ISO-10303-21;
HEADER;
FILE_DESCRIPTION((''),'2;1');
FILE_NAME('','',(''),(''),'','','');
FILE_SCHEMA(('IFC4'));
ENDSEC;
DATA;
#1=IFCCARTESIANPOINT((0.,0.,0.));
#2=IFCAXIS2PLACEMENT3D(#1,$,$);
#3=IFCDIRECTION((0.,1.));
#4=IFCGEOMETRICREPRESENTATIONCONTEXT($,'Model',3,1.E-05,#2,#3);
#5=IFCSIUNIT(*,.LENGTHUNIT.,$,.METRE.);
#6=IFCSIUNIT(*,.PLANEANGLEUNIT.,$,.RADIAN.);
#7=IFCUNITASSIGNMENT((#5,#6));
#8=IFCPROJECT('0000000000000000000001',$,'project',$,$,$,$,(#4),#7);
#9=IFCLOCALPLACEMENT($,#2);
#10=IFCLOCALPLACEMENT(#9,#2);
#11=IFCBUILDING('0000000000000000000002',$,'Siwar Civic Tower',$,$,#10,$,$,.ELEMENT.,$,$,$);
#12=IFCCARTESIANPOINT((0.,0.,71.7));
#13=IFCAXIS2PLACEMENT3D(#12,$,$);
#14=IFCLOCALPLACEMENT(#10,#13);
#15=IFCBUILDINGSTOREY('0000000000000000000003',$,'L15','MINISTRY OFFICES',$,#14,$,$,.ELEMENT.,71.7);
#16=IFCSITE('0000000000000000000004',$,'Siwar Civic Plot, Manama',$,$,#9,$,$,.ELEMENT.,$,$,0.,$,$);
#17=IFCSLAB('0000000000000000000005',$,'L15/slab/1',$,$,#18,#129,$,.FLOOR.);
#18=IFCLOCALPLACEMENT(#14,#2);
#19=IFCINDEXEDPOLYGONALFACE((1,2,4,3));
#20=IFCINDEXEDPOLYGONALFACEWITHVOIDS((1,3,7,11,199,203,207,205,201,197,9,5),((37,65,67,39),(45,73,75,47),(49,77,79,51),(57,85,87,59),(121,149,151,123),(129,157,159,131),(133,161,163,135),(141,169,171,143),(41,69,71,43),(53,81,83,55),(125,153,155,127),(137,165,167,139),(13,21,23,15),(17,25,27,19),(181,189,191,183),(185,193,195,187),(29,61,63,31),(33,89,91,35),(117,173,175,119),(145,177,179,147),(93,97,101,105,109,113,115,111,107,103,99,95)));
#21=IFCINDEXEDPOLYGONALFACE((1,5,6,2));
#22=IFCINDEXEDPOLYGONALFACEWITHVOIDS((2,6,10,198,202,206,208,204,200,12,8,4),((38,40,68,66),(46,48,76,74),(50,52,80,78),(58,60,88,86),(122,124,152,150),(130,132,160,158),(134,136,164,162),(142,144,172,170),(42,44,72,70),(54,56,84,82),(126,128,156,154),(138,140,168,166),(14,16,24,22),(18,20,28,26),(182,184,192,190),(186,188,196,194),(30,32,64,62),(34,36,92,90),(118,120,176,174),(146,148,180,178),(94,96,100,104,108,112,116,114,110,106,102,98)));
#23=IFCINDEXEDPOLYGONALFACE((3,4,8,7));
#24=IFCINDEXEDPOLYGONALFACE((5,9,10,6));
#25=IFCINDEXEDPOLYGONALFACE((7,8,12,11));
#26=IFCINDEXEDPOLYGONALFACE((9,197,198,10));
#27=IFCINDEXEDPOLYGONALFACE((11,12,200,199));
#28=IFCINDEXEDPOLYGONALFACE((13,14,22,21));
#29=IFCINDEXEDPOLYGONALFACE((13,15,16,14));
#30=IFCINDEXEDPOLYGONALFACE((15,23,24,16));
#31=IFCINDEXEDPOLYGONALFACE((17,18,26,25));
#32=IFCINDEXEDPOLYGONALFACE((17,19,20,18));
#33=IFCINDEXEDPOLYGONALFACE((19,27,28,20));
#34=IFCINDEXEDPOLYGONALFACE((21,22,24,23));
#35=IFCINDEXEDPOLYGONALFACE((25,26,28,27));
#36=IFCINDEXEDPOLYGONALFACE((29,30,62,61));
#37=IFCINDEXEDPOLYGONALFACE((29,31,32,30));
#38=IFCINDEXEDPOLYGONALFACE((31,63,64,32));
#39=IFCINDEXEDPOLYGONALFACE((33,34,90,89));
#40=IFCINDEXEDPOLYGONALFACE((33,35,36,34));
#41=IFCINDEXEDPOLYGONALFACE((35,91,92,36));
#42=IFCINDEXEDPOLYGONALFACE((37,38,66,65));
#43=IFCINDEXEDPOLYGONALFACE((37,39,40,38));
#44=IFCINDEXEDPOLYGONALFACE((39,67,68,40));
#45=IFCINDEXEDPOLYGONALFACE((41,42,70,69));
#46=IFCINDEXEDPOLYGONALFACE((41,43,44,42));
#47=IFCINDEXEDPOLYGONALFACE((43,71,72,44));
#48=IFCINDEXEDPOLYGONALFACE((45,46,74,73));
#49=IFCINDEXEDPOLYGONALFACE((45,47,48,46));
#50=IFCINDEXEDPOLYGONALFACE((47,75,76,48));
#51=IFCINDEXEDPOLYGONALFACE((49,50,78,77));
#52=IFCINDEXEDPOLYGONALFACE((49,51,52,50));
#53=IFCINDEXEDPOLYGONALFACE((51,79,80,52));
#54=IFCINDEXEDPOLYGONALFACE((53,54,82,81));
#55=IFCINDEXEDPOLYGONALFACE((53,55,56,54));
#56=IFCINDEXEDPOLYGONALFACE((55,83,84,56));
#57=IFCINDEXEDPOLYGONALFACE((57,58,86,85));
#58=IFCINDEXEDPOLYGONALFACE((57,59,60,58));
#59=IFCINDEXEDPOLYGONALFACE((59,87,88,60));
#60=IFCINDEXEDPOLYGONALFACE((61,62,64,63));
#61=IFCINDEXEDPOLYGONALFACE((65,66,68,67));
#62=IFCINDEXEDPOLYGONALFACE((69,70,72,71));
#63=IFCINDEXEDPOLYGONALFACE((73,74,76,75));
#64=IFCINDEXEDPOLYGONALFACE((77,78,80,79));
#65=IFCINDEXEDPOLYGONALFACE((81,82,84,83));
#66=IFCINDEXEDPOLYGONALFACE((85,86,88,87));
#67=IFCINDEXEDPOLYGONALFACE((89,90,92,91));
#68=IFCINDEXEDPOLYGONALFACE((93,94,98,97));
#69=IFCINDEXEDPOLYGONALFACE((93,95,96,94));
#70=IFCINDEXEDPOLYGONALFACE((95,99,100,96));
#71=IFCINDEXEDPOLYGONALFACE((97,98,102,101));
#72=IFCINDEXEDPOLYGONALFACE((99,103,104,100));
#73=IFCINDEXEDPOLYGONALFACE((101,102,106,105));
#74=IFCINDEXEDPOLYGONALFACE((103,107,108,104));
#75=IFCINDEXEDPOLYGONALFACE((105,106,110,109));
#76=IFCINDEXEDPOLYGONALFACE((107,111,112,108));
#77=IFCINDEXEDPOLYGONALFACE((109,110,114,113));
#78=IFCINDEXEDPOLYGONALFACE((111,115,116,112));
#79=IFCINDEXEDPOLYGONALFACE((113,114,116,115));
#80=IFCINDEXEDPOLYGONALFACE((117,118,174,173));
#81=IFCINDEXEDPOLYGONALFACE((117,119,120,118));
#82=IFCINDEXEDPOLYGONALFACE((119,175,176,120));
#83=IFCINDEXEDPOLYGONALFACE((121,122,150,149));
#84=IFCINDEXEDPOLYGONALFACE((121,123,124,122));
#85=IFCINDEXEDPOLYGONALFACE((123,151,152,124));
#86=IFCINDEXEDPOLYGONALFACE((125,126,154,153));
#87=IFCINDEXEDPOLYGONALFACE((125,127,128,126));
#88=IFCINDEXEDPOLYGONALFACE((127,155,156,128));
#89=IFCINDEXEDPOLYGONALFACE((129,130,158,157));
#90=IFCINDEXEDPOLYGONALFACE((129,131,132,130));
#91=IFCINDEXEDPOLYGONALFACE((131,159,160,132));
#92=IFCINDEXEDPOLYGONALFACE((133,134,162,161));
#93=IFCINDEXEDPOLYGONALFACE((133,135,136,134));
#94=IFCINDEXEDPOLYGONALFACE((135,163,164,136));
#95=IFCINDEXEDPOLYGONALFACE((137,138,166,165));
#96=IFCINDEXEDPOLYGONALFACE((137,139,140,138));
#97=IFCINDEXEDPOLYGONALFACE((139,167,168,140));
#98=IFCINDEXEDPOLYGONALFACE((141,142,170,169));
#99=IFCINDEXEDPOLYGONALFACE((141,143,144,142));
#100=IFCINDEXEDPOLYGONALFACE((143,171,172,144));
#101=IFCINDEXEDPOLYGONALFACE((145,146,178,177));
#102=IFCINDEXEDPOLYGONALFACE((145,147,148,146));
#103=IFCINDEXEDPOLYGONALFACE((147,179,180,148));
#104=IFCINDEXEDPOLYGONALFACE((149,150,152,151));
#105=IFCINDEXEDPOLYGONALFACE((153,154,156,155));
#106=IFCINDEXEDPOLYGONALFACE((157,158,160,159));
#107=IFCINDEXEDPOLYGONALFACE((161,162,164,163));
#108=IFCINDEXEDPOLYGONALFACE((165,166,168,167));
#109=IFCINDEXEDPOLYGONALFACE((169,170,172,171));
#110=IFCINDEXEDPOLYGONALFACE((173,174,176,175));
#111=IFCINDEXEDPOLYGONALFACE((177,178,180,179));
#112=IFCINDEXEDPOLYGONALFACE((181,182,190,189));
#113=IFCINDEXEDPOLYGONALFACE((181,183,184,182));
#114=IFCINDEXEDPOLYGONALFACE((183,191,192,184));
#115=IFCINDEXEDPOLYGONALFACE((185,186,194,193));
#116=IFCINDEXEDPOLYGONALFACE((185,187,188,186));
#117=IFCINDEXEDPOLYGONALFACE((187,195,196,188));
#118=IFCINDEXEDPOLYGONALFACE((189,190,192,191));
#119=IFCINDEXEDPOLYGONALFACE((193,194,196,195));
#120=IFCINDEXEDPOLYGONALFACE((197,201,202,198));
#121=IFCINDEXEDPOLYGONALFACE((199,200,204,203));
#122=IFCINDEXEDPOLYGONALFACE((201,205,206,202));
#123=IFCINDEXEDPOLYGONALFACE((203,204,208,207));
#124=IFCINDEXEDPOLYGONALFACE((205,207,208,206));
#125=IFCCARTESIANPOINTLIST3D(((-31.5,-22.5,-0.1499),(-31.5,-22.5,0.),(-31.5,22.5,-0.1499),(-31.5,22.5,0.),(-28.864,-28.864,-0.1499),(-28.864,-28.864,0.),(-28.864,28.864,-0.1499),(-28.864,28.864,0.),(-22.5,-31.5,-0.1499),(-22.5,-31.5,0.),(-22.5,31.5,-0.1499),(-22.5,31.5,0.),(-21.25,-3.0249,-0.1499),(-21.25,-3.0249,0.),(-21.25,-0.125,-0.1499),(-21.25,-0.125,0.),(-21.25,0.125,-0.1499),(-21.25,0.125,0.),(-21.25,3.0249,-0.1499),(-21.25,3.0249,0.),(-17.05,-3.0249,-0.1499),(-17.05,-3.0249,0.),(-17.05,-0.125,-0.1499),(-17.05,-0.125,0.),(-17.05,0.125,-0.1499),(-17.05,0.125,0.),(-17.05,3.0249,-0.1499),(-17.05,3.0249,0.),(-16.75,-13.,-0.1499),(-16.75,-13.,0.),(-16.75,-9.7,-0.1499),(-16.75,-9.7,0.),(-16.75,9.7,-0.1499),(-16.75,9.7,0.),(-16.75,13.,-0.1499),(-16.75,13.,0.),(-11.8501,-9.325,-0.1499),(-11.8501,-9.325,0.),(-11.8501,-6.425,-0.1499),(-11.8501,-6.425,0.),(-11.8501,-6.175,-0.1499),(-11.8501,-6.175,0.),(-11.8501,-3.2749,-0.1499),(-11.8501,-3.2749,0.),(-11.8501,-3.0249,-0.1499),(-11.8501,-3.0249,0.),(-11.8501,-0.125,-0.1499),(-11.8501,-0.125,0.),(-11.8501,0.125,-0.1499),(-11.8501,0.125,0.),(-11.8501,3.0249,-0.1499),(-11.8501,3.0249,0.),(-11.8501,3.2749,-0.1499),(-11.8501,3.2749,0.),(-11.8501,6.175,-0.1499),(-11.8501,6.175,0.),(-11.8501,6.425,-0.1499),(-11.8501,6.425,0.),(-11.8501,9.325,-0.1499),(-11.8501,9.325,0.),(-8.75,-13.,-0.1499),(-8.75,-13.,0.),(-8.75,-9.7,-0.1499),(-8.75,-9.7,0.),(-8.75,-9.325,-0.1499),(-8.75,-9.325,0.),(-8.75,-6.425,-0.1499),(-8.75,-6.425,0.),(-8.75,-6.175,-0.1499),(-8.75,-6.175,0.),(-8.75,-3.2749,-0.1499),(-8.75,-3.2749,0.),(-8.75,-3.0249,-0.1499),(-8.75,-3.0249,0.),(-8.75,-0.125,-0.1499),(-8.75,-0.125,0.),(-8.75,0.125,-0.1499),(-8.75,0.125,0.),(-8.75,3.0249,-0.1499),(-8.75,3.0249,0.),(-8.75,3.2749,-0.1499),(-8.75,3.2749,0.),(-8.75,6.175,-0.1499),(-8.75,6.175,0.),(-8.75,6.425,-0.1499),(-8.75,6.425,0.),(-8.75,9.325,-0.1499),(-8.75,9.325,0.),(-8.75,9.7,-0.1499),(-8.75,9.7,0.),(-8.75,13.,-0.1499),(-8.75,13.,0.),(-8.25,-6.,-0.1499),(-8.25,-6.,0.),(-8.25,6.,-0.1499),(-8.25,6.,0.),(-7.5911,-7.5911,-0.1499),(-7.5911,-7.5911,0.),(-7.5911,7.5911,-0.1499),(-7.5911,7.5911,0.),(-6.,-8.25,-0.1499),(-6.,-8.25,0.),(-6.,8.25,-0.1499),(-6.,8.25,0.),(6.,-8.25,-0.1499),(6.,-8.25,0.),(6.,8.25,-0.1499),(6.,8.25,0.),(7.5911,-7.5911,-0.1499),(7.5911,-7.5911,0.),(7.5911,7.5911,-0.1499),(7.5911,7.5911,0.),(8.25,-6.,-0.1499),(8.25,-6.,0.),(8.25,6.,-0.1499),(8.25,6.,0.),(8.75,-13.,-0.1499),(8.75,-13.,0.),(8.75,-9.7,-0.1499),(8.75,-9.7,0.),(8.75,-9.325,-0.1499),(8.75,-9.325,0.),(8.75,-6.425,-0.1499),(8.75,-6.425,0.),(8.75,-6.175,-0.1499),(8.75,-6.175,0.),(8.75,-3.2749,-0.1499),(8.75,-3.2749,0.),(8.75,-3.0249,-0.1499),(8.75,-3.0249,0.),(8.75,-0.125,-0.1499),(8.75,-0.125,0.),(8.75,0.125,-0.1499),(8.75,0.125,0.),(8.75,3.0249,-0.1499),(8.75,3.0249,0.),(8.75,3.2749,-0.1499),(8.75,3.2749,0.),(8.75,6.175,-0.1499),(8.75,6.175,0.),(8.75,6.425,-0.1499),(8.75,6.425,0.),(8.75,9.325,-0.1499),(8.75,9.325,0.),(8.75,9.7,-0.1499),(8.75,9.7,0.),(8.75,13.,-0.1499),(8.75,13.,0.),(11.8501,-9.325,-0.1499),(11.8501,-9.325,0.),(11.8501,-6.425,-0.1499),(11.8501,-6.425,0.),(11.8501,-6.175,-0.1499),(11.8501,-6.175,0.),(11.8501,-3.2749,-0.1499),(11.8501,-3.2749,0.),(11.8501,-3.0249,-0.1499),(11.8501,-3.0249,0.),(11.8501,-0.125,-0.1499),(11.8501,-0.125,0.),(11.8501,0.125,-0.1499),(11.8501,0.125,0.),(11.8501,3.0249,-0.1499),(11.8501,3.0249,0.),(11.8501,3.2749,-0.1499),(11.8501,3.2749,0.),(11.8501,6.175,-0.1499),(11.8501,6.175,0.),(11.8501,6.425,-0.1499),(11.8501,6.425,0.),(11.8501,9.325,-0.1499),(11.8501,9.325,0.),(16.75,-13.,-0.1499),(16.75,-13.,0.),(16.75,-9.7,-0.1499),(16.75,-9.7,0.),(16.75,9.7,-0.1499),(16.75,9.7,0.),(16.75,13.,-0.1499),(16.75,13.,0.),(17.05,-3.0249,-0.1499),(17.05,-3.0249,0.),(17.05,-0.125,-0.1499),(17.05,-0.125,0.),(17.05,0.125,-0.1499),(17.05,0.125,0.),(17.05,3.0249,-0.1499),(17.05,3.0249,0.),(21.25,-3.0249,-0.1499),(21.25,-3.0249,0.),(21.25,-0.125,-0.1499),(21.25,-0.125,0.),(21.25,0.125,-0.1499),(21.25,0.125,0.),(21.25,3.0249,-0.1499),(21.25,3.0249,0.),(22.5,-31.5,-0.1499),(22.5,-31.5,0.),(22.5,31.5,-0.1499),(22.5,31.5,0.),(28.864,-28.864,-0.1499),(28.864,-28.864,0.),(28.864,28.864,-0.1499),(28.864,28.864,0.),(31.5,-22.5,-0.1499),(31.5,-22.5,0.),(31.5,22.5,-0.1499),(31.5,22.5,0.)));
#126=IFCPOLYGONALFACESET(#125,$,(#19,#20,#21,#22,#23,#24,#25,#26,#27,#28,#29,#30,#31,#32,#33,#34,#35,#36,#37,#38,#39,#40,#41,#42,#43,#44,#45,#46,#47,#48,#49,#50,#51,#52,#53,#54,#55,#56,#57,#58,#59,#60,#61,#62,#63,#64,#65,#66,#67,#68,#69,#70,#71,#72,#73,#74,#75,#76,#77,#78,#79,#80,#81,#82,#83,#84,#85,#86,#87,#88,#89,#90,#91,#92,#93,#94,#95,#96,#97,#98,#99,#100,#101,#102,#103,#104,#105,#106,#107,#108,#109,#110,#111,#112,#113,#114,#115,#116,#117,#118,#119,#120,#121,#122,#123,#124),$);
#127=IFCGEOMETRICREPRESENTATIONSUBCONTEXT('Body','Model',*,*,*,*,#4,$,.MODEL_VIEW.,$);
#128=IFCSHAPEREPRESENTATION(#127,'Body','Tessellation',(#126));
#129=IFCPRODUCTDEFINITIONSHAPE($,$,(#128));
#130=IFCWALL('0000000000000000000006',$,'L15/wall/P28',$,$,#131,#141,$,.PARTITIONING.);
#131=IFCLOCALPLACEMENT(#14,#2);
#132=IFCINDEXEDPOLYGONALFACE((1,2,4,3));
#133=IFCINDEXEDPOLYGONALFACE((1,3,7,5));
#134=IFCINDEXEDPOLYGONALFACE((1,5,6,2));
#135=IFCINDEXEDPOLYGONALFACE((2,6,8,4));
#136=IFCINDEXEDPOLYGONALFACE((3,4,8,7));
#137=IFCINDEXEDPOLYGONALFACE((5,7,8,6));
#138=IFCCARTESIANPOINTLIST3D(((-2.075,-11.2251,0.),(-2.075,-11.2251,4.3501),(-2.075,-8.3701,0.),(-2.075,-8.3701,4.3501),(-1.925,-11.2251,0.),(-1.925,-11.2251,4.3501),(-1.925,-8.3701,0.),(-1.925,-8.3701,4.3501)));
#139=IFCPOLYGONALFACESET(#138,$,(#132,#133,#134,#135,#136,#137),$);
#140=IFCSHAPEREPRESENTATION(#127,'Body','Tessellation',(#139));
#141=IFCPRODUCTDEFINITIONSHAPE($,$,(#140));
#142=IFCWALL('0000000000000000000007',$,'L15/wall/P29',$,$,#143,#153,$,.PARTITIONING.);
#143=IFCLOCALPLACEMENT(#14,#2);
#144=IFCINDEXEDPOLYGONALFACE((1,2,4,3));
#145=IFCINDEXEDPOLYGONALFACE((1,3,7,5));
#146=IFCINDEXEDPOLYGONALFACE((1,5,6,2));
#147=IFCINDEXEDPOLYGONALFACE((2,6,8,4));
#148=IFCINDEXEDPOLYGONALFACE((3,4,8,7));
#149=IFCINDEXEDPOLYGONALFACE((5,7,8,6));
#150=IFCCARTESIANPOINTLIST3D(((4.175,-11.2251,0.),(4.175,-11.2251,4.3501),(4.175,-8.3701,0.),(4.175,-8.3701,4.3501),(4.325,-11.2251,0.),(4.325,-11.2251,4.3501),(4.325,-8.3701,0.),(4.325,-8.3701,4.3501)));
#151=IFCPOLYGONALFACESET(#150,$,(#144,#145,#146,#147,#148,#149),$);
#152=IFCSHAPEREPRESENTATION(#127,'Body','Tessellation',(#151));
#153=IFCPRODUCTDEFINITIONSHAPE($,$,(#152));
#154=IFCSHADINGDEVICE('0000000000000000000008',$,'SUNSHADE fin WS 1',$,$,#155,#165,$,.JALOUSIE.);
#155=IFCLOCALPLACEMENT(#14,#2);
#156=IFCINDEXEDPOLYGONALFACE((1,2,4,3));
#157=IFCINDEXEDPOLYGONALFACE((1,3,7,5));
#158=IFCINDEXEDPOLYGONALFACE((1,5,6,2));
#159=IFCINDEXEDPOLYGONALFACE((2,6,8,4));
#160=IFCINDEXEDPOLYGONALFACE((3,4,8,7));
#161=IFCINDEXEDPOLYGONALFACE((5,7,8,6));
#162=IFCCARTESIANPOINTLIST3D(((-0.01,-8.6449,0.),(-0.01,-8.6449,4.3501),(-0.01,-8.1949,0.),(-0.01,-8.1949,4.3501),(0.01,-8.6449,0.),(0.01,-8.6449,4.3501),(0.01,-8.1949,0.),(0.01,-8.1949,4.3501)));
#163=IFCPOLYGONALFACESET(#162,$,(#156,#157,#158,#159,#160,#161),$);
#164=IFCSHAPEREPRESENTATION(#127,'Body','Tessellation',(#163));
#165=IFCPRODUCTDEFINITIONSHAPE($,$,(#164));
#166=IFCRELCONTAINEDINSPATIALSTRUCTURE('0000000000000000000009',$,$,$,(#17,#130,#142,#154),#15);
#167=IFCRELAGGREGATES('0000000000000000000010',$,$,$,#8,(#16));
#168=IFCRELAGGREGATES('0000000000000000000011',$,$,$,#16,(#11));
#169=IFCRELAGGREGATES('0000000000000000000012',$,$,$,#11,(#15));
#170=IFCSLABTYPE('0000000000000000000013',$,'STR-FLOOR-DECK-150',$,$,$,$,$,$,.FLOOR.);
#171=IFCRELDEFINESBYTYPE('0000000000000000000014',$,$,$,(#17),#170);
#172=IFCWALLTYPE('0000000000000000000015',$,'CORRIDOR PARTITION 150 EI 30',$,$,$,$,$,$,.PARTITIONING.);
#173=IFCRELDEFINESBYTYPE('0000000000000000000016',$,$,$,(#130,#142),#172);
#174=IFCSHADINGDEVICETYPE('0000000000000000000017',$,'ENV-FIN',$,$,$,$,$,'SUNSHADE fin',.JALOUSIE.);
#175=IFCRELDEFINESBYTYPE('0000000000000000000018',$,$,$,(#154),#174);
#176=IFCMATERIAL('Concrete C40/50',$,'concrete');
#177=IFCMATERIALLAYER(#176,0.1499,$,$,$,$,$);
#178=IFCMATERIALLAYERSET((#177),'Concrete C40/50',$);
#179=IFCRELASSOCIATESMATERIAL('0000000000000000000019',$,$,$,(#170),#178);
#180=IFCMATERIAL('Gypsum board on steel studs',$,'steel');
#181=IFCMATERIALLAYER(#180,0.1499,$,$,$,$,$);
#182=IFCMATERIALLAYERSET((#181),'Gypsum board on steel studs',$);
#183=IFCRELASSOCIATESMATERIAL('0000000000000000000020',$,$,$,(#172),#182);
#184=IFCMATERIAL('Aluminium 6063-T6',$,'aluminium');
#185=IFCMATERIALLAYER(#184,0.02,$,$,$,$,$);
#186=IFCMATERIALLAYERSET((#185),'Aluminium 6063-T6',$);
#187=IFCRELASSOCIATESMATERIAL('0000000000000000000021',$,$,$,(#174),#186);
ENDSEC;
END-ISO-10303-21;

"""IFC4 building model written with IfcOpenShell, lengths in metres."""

from ifc_helpers import new_model, si_unit, direction, frame, frame_2d, origin, origin_2d, place, context, subcontext, project, spatial, polyline, rectangle, outline, extrude, material, layer, layer_set, type_object, element, save


model = new_model("IFC4")

# Units and contexts
model_context = context("Model", 3, precision=1e-05, world=origin(), true_north=direction((0.0, 1.0)))
body_context = subcontext(model_context, "Body", "Model", "MODEL_VIEW")
ifc_project = project(units=[si_unit("LENGTHUNIT", "METRE"), si_unit("PLANEANGLEUNIT", "RADIAN")], contexts=[model_context])

# Site, building, storey
site_placement = place(None, origin())
site = spatial("IfcSite", under=ifc_project, at=site_placement, Name="Siwar Civic Plot, Manama", CompositionType="ELEMENT", RefElevation=0.0)
building_placement = place(site_placement, origin())
building = spatial("IfcBuilding", under=site, at=building_placement, Name="Siwar Civic Tower", CompositionType="ELEMENT")
storey_placement = place(building_placement, frame((0.0, 0.0, 71.7)))
storey = spatial("IfcBuildingStorey", under=building, at=storey_placement, Name="L15", Description="MINISTRY OFFICES", CompositionType="ELEMENT", Elevation=71.7)

# Slab
ifc_material_1 = material(Name="Concrete C40/50", Category="concrete")
ifc_layer_1 = layer(ifc_material_1, 0.1499)
ifc_layer_set_1 = layer_set([ifc_layer_1], Name="Concrete C40/50")
slab_type_1 = type_object("IfcSlabType", Name="STR-FLOOR-DECK-150", PredefinedType="FLOOR", material=ifc_layer_set_1)
slab_1_placement = place(storey_placement, frame((0.0, 0.0, -0.1499)))
element("IfcSlab", 1, at=slab_1_placement, inside=storey, type_object=slab_type_1, Name="L15/slab/1", PredefinedType="FLOOR", context=body_context, shape_type="SweptSolid", body=[
    extrude(outline(polyline([(-22.5, -31.5), (22.5, -31.5), (28.864, -28.864), (31.5, -22.5), (31.5, 22.5), (28.864, 28.864), (22.5, 31.5), (-22.5, 31.5), (-28.864, 28.864), (-31.5, 22.5), (-31.5, -22.5), (-28.864, -28.864), (-22.5, -31.5)]), holes=[polyline([(21.25, 3.0249), (21.25, 0.125), (17.05, 0.125), (17.05, 3.0249), (21.25, 3.0249)]), polyline([(17.05, -0.125), (21.25, -0.125), (21.25, -3.0249), (17.05, -3.0249), (17.05, -0.125)]), polyline([(16.75, 13.0), (16.75, 9.7), (8.75, 9.7), (8.75, 13.0), (16.75, 13.0)]), polyline([(8.75, -9.7), (16.75, -9.7), (16.75, -13.0), (8.75, -13.0), (8.75, -9.7)]), polyline([(11.8501, 9.325), (11.8501, 6.425), (8.75, 6.425), (8.75, 9.325), (11.8501, 9.325)]), polyline([(11.8501, 3.0249), (11.8501, 0.125), (8.75, 0.125), (8.75, 3.0249), (11.8501, 3.0249)]), polyline([(11.8501, -0.125), (11.8501, -3.0249), (8.75, -3.0249), (8.75, -0.125), (11.8501, -0.125)]), polyline([(11.8501, -3.2749), (11.8501, -6.175), (8.75, -6.175), (8.75, -3.2749), (11.8501, -3.2749)]), polyline([(8.75, 6.175), (11.8501, 6.175), (11.8501, 3.2749), (8.75, 3.2749), (8.75, 6.175)]), polyline([(8.75, -6.425), (11.8501, -6.425), (11.8501, -9.325), (8.75, -9.325), (8.75, -6.425)]), polyline([(-6.0, 8.25), (6.0, 8.25), (7.5911, 7.5911), (8.25, 6.0), (8.25, -6.0), (7.5911, -7.5911), (6.0, -8.25), (-6.0, -8.25), (-7.5911, -7.5911), (-8.25, -6.0), (-8.25, 6.0), (-7.5911, 7.5911), (-6.0, 8.25)]), polyline([(-8.75, 9.7), (-16.75, 9.7), (-16.75, 13.0), (-8.75, 13.0), (-8.75, 9.7)]), polyline([(-8.75, 0.125), (-11.8501, 0.125), (-11.8501, 3.0249), (-8.75, 3.0249), (-8.75, 0.125)]), polyline([(-8.75, -6.175), (-11.8501, -6.175), (-11.8501, -3.2749), (-8.75, -3.2749), (-8.75, -6.175)]), polyline([(-8.75, -9.325), (-11.8501, -9.325), (-11.8501, -6.425), (-8.75, -6.425), (-8.75, -9.325)]), polyline([(-8.75, -13.0), (-16.75, -13.0), (-16.75, -9.7), (-8.75, -9.7), (-8.75, -13.0)]), polyline([(-11.8501, 6.425), (-11.8501, 9.325), (-8.75, 9.325), (-8.75, 6.425), (-11.8501, 6.425)]), polyline([(-11.8501, 3.2749), (-11.8501, 6.175), (-8.75, 6.175), (-8.75, 3.2749), (-11.8501, 3.2749)]), polyline([(-11.8501, -3.0249), (-11.8501, -0.125), (-8.75, -0.125), (-8.75, -3.0249), (-11.8501, -3.0249)]), polyline([(-21.25, -3.0249), (-21.25, -0.125), (-17.05, -0.125), (-17.05, -3.0249), (-21.25, -3.0249)]), polyline([(-17.05, 0.125), (-21.25, 0.125), (-21.25, 3.0249), (-17.05, 3.0249), (-17.05, 0.125)])]), origin(), (0.0, 0.0, 1.0), 0.1499),
])

# Walls
ifc_material_2 = material(Name="Gypsum board on steel studs", Category="steel")
ifc_layer_2 = layer(ifc_material_2, 0.1499)
ifc_layer_set_2 = layer_set([ifc_layer_2], Name="Gypsum board on steel studs")
wall_type = type_object("IfcWallType", Name="CORRIDOR PARTITION 150 EI 30", PredefinedType="PARTITIONING", material=ifc_layer_set_2)
for number, where, z_axis, x_axis, name in (
    (2, (-2.0, -11.2251, 0.0), (0.0, 0.0, 1.0), (0.0, 1.0, 0.0), "L15/wall/P28"),
    (3, (4.25, -11.2251, 0.0), (0.0, 0.0, 1.0), (0.0, 1.0, 0.0), "L15/wall/P29"),
):
    element("IfcWall", number, at=place(storey_placement, frame(where, z_axis=z_axis, x_axis=x_axis)), inside=storey, type_object=wall_type, Name=name, PredefinedType="PARTITIONING", context=body_context, shape_type="SweptSolid", body=[
        extrude(rectangle(XDim=2.855, YDim=0.1499, at=frame_2d((1.4275, 0.0))), origin(), (0.0, 0.0, 1.0), 4.3501),
    ])

# Shading device
ifc_material_3 = material(Name="Aluminium 6063-T6", Category="aluminium")
ifc_layer_3 = layer(ifc_material_3, 0.02)
ifc_layer_set_3 = layer_set([ifc_layer_3], Name="Aluminium 6063-T6")
shading_device_type = type_object("IfcShadingDeviceType", Name="ENV-FIN", ElementType="SUNSHADE fin", PredefinedType="JALOUSIE", material=ifc_layer_set_3)
shading_device_placement = place(storey_placement, frame((0.0, -8.4199, 0.0), z_axis=(0.0, 0.0, 1.0), x_axis=(1.0, 0.0, 0.0)))
element("IfcShadingDevice", 4, at=shading_device_placement, inside=storey, type_object=shading_device_type, Name="SUNSHADE fin WS 1", PredefinedType="JALOUSIE", context=body_context, shape_type="SweptSolid", body=[
    extrude(rectangle(XDim=0.02, YDim=0.45, at=origin_2d()), origin(), (0.0, 0.0, 1.0), 4.3501),
])

save(model, "model.ifc")
